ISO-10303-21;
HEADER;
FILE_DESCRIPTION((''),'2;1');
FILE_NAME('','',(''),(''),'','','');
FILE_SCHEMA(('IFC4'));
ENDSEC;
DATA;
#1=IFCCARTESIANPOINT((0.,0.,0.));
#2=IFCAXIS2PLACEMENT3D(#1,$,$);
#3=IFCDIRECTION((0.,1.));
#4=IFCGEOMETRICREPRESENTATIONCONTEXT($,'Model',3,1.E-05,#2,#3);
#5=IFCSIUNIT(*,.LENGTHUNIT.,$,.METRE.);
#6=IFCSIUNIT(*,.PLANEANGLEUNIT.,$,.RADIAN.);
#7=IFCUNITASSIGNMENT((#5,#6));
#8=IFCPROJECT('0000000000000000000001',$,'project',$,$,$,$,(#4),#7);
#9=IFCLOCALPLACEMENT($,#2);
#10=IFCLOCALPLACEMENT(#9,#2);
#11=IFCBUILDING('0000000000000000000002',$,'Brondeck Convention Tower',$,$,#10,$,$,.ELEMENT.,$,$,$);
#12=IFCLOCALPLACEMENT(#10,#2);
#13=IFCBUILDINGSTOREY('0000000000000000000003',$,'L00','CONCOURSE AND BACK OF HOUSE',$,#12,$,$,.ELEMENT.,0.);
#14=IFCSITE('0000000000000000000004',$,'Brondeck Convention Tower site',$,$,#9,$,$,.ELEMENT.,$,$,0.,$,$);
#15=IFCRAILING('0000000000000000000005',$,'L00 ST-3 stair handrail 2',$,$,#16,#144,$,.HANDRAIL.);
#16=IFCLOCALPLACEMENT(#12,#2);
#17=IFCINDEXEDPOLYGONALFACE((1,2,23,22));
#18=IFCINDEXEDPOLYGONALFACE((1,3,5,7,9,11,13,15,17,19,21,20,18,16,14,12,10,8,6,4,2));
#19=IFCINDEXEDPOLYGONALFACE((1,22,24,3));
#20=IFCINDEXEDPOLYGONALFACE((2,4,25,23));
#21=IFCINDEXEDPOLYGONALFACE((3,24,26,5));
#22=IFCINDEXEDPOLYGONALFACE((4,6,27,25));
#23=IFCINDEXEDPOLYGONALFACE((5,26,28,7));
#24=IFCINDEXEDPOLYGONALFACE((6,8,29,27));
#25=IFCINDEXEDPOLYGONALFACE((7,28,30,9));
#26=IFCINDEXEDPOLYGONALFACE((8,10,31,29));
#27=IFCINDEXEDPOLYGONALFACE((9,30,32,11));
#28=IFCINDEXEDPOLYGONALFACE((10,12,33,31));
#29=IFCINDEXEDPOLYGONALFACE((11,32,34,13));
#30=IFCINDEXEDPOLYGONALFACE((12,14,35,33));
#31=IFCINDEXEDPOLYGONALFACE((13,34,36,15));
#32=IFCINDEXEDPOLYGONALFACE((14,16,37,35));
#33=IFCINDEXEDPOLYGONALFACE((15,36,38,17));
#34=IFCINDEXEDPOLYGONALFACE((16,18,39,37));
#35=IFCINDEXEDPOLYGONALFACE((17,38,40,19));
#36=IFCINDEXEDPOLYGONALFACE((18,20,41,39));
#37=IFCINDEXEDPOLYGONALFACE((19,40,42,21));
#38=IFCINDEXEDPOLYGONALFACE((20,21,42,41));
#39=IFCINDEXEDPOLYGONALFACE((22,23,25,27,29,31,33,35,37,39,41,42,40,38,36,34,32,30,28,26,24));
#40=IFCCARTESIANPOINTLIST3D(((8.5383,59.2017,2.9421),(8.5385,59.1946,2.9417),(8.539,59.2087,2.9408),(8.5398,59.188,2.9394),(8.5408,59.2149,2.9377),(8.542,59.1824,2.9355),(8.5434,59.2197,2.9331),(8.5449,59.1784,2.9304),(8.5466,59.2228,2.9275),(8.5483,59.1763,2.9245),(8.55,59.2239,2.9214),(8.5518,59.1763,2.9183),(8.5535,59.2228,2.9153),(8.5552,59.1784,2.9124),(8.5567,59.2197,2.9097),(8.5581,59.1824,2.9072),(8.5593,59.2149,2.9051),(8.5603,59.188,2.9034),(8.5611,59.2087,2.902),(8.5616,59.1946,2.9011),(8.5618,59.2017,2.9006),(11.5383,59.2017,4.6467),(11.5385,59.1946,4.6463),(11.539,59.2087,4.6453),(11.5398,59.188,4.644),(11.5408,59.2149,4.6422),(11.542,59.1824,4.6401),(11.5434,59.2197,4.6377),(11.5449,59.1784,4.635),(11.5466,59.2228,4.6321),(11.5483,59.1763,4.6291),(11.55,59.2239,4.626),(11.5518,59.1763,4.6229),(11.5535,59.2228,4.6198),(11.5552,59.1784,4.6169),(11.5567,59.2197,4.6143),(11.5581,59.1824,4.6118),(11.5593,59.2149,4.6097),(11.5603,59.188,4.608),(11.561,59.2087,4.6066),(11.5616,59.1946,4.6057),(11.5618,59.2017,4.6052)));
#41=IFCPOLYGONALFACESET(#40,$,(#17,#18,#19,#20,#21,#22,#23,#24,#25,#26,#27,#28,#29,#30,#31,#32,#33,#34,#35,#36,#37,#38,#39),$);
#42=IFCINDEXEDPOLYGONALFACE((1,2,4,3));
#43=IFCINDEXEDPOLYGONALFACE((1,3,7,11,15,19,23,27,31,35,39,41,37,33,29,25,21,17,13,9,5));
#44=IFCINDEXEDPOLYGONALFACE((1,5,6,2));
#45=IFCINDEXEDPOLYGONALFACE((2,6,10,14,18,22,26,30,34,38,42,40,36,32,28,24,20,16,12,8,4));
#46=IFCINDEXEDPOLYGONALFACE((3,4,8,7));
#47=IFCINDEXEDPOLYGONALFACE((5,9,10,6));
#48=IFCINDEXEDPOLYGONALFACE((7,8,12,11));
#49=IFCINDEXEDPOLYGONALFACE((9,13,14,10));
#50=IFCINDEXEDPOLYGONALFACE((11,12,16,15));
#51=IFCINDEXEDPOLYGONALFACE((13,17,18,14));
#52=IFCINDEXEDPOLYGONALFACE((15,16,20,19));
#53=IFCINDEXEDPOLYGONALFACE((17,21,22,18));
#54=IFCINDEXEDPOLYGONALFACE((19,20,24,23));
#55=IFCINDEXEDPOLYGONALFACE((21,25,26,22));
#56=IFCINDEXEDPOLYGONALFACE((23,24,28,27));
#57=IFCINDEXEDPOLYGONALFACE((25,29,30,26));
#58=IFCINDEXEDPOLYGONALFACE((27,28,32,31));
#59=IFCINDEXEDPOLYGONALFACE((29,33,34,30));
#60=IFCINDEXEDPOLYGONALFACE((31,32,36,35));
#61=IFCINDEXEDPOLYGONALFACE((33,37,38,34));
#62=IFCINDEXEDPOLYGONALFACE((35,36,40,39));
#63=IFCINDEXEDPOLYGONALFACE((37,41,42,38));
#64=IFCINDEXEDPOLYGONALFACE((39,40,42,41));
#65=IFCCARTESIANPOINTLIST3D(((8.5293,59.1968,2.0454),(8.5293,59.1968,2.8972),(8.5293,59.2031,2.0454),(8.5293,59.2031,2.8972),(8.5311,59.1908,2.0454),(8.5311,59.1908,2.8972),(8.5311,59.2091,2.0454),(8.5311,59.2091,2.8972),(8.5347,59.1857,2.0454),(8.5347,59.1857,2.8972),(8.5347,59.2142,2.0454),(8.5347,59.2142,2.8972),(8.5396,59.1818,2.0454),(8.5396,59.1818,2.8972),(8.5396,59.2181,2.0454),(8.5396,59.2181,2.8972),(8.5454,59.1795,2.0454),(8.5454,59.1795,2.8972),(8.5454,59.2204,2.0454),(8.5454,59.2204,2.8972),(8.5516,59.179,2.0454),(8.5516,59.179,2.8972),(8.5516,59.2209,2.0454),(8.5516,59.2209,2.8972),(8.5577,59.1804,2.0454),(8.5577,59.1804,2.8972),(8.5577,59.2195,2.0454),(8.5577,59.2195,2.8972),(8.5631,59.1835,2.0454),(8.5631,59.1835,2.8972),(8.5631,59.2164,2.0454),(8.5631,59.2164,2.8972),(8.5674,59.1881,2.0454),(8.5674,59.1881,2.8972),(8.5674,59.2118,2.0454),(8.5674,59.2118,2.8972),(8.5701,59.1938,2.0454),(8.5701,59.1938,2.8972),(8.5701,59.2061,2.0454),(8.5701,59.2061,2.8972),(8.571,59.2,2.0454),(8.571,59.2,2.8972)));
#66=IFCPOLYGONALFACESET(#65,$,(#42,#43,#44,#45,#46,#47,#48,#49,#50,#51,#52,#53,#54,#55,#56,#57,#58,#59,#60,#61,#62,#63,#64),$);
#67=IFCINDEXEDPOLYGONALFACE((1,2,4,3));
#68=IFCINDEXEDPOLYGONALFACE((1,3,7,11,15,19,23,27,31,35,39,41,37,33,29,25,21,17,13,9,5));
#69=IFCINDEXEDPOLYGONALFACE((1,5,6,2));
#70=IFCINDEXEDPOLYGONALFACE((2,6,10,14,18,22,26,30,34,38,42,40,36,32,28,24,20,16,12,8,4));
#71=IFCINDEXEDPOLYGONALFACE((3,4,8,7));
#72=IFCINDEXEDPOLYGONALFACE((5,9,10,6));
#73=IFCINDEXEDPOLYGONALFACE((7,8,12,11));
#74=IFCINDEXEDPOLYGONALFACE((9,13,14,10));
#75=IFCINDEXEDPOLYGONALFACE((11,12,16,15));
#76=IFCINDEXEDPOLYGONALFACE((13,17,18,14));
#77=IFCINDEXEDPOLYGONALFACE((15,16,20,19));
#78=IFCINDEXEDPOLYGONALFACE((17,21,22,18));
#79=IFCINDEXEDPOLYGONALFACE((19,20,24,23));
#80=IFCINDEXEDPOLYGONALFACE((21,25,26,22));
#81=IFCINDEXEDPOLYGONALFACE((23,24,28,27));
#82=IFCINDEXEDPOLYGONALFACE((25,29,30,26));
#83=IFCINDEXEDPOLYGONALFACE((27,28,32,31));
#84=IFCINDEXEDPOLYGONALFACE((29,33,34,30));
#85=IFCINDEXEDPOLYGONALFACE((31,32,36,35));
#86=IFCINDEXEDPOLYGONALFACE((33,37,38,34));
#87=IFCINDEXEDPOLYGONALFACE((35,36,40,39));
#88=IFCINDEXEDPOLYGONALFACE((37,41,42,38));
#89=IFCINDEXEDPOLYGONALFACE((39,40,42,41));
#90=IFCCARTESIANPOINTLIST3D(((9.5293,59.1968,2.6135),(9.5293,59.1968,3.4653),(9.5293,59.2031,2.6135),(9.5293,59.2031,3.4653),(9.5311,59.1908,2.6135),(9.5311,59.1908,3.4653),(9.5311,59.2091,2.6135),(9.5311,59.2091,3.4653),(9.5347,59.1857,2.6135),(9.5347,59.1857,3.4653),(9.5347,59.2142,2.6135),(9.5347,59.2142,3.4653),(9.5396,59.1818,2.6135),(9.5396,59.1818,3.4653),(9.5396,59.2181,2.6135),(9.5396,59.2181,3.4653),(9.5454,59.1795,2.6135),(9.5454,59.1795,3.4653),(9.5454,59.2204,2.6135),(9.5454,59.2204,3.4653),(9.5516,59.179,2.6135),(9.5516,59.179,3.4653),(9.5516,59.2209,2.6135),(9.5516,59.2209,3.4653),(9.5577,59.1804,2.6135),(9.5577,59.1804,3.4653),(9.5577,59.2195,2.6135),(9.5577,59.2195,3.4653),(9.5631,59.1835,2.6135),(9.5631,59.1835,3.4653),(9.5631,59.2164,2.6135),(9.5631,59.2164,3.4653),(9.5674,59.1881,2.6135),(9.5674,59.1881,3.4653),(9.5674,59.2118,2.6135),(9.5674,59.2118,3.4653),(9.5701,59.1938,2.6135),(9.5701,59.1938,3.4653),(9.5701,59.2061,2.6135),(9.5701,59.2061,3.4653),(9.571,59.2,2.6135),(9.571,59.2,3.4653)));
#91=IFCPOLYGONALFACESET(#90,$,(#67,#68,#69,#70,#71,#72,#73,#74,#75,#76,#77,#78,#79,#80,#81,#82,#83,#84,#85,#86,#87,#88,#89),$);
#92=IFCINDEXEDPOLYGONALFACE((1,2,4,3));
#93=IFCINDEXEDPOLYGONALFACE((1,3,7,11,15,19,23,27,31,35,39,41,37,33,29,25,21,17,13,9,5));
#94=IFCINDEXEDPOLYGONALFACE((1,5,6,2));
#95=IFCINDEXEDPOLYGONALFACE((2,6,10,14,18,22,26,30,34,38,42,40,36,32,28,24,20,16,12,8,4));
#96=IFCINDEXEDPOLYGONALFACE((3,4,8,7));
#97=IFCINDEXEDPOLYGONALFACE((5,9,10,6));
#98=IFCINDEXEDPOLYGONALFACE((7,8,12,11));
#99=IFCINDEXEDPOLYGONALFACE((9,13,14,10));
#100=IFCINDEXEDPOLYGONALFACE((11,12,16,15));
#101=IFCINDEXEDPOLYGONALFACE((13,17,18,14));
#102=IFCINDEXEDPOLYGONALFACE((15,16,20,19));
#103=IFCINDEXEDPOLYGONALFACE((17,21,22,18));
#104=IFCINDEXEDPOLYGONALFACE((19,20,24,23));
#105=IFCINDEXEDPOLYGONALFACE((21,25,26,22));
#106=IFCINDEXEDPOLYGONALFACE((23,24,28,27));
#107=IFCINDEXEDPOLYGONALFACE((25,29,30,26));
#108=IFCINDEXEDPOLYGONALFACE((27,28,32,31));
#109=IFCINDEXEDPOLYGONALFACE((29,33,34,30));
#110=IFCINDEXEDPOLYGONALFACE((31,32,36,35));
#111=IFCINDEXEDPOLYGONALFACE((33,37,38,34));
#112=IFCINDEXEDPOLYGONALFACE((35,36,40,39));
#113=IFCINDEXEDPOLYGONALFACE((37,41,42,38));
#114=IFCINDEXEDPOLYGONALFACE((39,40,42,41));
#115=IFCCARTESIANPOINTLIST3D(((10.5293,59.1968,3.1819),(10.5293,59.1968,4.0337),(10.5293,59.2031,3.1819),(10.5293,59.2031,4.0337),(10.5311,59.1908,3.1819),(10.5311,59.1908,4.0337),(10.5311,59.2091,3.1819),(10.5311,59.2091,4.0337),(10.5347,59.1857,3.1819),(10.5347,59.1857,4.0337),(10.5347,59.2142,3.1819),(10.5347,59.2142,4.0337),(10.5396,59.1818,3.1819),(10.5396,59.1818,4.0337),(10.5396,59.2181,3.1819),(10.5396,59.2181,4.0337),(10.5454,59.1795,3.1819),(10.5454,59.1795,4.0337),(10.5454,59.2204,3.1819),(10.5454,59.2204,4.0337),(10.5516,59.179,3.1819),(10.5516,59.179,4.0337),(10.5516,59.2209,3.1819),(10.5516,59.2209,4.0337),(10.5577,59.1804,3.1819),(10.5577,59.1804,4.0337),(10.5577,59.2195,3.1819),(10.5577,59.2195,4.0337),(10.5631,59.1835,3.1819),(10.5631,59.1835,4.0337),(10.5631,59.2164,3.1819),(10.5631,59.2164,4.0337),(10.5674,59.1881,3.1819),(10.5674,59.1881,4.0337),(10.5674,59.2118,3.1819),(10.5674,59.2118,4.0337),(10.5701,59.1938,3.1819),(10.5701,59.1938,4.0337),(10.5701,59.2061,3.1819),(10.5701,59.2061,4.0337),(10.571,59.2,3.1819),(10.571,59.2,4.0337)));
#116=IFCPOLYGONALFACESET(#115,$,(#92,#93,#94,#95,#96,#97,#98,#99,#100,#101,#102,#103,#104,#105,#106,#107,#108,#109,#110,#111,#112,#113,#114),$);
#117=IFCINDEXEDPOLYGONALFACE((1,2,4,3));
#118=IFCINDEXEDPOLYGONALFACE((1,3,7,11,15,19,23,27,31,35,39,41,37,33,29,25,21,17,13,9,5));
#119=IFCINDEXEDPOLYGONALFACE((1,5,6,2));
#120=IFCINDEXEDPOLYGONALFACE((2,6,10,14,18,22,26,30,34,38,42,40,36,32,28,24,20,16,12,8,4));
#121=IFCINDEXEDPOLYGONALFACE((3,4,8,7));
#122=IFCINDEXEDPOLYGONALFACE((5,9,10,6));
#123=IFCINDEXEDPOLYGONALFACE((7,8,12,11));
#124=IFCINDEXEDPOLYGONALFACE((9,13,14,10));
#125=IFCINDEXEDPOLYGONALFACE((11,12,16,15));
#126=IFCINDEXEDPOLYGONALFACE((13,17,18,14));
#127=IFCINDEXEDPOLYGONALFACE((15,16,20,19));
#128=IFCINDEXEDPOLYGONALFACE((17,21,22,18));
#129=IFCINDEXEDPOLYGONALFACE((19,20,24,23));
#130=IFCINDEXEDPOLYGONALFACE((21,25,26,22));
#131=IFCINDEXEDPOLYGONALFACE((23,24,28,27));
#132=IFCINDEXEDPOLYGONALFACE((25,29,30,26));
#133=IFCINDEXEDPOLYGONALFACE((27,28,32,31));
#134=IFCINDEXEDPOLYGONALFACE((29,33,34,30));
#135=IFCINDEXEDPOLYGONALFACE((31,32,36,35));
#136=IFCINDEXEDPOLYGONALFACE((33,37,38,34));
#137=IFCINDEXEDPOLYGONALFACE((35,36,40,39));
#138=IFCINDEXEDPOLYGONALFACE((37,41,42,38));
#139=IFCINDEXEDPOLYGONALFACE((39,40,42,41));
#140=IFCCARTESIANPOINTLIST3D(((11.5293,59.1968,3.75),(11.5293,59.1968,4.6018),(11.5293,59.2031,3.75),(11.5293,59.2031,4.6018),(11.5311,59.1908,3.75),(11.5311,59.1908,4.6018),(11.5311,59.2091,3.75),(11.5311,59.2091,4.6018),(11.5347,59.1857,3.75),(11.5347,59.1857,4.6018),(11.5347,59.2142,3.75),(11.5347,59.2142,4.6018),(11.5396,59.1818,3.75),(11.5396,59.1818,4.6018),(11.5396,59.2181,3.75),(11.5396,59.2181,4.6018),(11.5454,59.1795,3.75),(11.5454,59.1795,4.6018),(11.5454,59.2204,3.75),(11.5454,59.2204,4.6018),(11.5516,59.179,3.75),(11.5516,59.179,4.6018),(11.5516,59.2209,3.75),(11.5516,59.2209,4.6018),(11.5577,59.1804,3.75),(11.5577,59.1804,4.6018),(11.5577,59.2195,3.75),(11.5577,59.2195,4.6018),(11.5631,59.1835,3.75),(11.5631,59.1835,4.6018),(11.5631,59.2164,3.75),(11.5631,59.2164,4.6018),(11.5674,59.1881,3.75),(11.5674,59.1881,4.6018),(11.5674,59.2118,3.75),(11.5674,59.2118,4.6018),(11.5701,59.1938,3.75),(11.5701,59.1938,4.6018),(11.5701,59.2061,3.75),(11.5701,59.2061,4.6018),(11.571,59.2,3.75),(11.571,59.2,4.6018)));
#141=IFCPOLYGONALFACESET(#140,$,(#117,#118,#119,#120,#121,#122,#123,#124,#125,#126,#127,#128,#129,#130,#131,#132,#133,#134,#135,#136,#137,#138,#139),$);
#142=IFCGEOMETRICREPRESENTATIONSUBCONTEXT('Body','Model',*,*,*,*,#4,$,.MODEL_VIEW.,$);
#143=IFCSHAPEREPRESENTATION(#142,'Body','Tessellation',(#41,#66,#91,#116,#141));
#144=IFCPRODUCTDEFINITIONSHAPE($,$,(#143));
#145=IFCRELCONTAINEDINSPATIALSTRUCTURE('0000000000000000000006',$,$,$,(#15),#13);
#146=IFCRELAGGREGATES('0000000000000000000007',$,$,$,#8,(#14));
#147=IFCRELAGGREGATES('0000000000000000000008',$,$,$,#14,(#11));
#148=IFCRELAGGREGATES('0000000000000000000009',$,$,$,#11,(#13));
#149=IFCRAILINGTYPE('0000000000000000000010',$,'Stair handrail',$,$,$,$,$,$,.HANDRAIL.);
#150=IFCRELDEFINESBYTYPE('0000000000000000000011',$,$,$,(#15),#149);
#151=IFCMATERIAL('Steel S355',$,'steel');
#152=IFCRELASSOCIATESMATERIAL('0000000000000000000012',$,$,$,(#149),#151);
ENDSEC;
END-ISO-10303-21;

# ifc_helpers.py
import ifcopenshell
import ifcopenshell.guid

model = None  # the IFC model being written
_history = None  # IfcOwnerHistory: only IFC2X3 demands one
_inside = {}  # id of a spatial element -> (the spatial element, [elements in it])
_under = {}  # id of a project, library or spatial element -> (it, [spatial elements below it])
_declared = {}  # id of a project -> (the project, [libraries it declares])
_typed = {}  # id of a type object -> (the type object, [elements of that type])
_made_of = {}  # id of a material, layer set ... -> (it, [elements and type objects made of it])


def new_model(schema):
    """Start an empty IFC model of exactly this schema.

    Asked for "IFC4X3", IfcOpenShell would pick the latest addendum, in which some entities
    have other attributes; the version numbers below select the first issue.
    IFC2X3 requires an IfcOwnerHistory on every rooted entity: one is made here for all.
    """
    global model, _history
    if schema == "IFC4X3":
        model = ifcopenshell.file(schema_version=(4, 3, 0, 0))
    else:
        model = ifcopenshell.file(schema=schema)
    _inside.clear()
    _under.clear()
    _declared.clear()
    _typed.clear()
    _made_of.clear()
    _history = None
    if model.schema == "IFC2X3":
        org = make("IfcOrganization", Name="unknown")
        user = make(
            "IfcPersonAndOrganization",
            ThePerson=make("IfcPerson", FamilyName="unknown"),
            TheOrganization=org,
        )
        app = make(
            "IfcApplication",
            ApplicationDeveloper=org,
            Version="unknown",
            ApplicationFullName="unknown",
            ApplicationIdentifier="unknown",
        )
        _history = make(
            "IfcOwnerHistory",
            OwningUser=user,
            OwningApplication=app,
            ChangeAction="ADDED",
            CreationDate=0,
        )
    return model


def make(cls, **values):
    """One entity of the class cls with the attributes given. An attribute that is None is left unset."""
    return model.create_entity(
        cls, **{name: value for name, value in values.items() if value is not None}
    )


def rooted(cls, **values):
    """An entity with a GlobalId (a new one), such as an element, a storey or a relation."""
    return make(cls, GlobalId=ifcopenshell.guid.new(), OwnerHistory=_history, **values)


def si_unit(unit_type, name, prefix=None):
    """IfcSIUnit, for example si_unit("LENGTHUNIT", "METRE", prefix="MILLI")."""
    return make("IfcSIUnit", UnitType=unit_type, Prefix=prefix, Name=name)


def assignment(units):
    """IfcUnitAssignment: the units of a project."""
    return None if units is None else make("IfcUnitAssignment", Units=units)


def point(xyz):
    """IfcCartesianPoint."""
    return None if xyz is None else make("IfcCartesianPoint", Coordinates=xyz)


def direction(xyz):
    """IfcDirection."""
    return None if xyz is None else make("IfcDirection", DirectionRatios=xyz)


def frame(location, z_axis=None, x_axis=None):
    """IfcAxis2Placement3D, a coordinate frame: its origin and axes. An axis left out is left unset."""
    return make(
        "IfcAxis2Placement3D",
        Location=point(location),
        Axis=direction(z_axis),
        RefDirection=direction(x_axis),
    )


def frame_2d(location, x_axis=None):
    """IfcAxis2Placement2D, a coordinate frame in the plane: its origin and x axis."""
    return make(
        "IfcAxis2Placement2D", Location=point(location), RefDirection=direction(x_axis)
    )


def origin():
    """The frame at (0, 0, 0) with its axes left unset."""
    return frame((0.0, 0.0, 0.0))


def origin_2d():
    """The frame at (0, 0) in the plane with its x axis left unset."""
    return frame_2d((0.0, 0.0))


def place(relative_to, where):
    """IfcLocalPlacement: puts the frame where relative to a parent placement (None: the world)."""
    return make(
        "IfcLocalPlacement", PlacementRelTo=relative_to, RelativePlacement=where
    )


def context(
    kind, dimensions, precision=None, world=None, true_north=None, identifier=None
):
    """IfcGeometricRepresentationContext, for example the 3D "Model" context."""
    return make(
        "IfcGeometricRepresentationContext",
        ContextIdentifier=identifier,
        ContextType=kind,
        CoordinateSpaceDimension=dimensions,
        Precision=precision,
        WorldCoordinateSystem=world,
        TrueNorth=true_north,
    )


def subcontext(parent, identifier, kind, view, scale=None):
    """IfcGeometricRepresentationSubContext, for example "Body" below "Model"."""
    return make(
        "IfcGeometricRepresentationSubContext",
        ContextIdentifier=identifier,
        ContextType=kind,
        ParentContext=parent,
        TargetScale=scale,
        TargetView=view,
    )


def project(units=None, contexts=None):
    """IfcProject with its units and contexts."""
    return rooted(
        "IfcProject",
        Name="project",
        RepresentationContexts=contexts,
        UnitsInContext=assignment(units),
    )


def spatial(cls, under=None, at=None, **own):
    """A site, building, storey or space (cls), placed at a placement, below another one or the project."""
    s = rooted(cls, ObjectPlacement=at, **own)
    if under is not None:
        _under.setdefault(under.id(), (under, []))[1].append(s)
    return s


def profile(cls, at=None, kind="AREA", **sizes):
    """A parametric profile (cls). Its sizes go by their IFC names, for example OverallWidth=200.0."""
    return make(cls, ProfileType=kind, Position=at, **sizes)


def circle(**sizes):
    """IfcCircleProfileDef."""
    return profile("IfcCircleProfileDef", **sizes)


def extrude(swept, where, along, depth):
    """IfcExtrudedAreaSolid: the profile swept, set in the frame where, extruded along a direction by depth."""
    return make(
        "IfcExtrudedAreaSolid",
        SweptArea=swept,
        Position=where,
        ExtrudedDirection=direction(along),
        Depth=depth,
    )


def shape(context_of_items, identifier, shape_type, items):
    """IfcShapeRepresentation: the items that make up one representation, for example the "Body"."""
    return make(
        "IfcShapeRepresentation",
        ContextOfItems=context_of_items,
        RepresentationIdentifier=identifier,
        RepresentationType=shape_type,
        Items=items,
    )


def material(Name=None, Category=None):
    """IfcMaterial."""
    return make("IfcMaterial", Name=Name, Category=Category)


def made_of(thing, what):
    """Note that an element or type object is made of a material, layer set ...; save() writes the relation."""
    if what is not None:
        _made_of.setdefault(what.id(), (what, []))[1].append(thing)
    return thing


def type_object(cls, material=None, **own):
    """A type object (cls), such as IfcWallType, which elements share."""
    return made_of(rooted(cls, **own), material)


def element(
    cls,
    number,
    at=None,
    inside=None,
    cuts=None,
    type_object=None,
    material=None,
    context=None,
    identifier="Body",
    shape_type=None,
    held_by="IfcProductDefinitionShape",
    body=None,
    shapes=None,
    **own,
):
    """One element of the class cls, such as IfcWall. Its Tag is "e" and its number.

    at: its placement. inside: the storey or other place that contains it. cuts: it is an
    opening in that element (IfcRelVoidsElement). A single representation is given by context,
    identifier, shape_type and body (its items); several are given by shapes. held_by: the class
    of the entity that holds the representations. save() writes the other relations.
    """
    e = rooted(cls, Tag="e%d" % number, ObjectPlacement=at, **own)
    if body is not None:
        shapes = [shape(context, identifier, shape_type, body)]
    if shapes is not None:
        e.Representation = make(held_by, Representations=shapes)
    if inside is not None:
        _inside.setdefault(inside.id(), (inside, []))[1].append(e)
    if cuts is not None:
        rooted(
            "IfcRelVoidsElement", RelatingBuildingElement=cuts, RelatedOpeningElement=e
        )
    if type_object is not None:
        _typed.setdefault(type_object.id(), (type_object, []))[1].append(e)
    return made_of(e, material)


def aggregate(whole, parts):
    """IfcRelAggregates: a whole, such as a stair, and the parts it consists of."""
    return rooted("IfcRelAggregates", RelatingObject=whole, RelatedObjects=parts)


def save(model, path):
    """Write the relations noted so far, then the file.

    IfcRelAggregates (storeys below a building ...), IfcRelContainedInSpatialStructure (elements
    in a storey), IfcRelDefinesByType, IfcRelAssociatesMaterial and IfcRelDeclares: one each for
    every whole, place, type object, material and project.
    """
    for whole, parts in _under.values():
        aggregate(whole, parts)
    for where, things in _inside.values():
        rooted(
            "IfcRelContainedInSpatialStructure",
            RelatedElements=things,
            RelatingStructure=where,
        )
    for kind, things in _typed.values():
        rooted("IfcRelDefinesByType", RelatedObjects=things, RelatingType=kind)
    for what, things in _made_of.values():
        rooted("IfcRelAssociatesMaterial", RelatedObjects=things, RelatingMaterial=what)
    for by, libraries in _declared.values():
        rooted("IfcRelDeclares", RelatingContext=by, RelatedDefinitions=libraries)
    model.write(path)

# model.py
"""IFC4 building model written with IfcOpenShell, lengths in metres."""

from ifc_helpers import new_model, si_unit, direction, frame, origin, origin_2d, place, context, subcontext, project, spatial, circle, extrude, material, type_object, element, save


model = new_model("IFC4")

# Units and contexts
model_context = context("Model", 3, precision=1e-05, world=origin(), true_north=direction((0.0, 1.0)))
body_context = subcontext(model_context, "Body", "Model", "MODEL_VIEW")
ifc_project = project(units=[si_unit("LENGTHUNIT", "METRE"), si_unit("PLANEANGLEUNIT", "RADIAN")], contexts=[model_context])

# Site, building, storey
site_placement = place(None, origin())
site = spatial("IfcSite", under=ifc_project, at=site_placement, Name="Brondeck Convention Tower site", CompositionType="ELEMENT", RefElevation=0.0)
building_placement = place(site_placement, origin())
building = spatial("IfcBuilding", under=site, at=building_placement, Name="Brondeck Convention Tower", CompositionType="ELEMENT")
storey_placement = place(building_placement, origin())
storey = spatial("IfcBuildingStorey", under=building, at=storey_placement, Name="L00", Description="CONCOURSE AND BACK OF HOUSE", CompositionType="ELEMENT", Elevation=0.0)

# Shared definitions
ifc_material_1 = material(Name="Steel S355", Category="steel")

# Railing
railing_type_1 = type_object("IfcRailingType", Name="Stair handrail", PredefinedType="HANDRAIL", material=ifc_material_1)
for number, where, name in (
    (1, (8.55, 59.2, 2.0454), "L00 ST-3 stair handrail 2"),
):
    element("IfcRailing", number, at=place(storey_placement, frame(where)), inside=storey, type_object=railing_type_1, Name=name, PredefinedType="HANDRAIL", context=body_context, shape_type="SweptSolid", body=[
        extrude(circle(Radius=0.0239, at=origin_2d()), frame((0.0, 0.0, 0.876), z_axis=(0.869451, 0.0, 0.494019), x_axis=(0.0, 1.0, 0.0)), (0.0, 0.0, 1.0), 3.4504),
        extrude(circle(Radius=0.021, at=origin_2d()), origin(), (0.0, 0.0, 1.0), 0.8518),
        extrude(circle(Radius=0.021, at=origin_2d()), frame((1.0, 0.0, 0.5681)), (0.0, 0.0, 1.0), 0.8518),
        extrude(circle(Radius=0.021, at=origin_2d()), frame((2.0, 0.0, 1.1365)), (0.0, 0.0, 1.0), 0.8518),
        extrude(circle(Radius=0.021, at=origin_2d()), frame((3.0, 0.0, 1.7046)), (0.0, 0.0, 1.0), 0.8518),
    ])

save(model, "model.ifc")
